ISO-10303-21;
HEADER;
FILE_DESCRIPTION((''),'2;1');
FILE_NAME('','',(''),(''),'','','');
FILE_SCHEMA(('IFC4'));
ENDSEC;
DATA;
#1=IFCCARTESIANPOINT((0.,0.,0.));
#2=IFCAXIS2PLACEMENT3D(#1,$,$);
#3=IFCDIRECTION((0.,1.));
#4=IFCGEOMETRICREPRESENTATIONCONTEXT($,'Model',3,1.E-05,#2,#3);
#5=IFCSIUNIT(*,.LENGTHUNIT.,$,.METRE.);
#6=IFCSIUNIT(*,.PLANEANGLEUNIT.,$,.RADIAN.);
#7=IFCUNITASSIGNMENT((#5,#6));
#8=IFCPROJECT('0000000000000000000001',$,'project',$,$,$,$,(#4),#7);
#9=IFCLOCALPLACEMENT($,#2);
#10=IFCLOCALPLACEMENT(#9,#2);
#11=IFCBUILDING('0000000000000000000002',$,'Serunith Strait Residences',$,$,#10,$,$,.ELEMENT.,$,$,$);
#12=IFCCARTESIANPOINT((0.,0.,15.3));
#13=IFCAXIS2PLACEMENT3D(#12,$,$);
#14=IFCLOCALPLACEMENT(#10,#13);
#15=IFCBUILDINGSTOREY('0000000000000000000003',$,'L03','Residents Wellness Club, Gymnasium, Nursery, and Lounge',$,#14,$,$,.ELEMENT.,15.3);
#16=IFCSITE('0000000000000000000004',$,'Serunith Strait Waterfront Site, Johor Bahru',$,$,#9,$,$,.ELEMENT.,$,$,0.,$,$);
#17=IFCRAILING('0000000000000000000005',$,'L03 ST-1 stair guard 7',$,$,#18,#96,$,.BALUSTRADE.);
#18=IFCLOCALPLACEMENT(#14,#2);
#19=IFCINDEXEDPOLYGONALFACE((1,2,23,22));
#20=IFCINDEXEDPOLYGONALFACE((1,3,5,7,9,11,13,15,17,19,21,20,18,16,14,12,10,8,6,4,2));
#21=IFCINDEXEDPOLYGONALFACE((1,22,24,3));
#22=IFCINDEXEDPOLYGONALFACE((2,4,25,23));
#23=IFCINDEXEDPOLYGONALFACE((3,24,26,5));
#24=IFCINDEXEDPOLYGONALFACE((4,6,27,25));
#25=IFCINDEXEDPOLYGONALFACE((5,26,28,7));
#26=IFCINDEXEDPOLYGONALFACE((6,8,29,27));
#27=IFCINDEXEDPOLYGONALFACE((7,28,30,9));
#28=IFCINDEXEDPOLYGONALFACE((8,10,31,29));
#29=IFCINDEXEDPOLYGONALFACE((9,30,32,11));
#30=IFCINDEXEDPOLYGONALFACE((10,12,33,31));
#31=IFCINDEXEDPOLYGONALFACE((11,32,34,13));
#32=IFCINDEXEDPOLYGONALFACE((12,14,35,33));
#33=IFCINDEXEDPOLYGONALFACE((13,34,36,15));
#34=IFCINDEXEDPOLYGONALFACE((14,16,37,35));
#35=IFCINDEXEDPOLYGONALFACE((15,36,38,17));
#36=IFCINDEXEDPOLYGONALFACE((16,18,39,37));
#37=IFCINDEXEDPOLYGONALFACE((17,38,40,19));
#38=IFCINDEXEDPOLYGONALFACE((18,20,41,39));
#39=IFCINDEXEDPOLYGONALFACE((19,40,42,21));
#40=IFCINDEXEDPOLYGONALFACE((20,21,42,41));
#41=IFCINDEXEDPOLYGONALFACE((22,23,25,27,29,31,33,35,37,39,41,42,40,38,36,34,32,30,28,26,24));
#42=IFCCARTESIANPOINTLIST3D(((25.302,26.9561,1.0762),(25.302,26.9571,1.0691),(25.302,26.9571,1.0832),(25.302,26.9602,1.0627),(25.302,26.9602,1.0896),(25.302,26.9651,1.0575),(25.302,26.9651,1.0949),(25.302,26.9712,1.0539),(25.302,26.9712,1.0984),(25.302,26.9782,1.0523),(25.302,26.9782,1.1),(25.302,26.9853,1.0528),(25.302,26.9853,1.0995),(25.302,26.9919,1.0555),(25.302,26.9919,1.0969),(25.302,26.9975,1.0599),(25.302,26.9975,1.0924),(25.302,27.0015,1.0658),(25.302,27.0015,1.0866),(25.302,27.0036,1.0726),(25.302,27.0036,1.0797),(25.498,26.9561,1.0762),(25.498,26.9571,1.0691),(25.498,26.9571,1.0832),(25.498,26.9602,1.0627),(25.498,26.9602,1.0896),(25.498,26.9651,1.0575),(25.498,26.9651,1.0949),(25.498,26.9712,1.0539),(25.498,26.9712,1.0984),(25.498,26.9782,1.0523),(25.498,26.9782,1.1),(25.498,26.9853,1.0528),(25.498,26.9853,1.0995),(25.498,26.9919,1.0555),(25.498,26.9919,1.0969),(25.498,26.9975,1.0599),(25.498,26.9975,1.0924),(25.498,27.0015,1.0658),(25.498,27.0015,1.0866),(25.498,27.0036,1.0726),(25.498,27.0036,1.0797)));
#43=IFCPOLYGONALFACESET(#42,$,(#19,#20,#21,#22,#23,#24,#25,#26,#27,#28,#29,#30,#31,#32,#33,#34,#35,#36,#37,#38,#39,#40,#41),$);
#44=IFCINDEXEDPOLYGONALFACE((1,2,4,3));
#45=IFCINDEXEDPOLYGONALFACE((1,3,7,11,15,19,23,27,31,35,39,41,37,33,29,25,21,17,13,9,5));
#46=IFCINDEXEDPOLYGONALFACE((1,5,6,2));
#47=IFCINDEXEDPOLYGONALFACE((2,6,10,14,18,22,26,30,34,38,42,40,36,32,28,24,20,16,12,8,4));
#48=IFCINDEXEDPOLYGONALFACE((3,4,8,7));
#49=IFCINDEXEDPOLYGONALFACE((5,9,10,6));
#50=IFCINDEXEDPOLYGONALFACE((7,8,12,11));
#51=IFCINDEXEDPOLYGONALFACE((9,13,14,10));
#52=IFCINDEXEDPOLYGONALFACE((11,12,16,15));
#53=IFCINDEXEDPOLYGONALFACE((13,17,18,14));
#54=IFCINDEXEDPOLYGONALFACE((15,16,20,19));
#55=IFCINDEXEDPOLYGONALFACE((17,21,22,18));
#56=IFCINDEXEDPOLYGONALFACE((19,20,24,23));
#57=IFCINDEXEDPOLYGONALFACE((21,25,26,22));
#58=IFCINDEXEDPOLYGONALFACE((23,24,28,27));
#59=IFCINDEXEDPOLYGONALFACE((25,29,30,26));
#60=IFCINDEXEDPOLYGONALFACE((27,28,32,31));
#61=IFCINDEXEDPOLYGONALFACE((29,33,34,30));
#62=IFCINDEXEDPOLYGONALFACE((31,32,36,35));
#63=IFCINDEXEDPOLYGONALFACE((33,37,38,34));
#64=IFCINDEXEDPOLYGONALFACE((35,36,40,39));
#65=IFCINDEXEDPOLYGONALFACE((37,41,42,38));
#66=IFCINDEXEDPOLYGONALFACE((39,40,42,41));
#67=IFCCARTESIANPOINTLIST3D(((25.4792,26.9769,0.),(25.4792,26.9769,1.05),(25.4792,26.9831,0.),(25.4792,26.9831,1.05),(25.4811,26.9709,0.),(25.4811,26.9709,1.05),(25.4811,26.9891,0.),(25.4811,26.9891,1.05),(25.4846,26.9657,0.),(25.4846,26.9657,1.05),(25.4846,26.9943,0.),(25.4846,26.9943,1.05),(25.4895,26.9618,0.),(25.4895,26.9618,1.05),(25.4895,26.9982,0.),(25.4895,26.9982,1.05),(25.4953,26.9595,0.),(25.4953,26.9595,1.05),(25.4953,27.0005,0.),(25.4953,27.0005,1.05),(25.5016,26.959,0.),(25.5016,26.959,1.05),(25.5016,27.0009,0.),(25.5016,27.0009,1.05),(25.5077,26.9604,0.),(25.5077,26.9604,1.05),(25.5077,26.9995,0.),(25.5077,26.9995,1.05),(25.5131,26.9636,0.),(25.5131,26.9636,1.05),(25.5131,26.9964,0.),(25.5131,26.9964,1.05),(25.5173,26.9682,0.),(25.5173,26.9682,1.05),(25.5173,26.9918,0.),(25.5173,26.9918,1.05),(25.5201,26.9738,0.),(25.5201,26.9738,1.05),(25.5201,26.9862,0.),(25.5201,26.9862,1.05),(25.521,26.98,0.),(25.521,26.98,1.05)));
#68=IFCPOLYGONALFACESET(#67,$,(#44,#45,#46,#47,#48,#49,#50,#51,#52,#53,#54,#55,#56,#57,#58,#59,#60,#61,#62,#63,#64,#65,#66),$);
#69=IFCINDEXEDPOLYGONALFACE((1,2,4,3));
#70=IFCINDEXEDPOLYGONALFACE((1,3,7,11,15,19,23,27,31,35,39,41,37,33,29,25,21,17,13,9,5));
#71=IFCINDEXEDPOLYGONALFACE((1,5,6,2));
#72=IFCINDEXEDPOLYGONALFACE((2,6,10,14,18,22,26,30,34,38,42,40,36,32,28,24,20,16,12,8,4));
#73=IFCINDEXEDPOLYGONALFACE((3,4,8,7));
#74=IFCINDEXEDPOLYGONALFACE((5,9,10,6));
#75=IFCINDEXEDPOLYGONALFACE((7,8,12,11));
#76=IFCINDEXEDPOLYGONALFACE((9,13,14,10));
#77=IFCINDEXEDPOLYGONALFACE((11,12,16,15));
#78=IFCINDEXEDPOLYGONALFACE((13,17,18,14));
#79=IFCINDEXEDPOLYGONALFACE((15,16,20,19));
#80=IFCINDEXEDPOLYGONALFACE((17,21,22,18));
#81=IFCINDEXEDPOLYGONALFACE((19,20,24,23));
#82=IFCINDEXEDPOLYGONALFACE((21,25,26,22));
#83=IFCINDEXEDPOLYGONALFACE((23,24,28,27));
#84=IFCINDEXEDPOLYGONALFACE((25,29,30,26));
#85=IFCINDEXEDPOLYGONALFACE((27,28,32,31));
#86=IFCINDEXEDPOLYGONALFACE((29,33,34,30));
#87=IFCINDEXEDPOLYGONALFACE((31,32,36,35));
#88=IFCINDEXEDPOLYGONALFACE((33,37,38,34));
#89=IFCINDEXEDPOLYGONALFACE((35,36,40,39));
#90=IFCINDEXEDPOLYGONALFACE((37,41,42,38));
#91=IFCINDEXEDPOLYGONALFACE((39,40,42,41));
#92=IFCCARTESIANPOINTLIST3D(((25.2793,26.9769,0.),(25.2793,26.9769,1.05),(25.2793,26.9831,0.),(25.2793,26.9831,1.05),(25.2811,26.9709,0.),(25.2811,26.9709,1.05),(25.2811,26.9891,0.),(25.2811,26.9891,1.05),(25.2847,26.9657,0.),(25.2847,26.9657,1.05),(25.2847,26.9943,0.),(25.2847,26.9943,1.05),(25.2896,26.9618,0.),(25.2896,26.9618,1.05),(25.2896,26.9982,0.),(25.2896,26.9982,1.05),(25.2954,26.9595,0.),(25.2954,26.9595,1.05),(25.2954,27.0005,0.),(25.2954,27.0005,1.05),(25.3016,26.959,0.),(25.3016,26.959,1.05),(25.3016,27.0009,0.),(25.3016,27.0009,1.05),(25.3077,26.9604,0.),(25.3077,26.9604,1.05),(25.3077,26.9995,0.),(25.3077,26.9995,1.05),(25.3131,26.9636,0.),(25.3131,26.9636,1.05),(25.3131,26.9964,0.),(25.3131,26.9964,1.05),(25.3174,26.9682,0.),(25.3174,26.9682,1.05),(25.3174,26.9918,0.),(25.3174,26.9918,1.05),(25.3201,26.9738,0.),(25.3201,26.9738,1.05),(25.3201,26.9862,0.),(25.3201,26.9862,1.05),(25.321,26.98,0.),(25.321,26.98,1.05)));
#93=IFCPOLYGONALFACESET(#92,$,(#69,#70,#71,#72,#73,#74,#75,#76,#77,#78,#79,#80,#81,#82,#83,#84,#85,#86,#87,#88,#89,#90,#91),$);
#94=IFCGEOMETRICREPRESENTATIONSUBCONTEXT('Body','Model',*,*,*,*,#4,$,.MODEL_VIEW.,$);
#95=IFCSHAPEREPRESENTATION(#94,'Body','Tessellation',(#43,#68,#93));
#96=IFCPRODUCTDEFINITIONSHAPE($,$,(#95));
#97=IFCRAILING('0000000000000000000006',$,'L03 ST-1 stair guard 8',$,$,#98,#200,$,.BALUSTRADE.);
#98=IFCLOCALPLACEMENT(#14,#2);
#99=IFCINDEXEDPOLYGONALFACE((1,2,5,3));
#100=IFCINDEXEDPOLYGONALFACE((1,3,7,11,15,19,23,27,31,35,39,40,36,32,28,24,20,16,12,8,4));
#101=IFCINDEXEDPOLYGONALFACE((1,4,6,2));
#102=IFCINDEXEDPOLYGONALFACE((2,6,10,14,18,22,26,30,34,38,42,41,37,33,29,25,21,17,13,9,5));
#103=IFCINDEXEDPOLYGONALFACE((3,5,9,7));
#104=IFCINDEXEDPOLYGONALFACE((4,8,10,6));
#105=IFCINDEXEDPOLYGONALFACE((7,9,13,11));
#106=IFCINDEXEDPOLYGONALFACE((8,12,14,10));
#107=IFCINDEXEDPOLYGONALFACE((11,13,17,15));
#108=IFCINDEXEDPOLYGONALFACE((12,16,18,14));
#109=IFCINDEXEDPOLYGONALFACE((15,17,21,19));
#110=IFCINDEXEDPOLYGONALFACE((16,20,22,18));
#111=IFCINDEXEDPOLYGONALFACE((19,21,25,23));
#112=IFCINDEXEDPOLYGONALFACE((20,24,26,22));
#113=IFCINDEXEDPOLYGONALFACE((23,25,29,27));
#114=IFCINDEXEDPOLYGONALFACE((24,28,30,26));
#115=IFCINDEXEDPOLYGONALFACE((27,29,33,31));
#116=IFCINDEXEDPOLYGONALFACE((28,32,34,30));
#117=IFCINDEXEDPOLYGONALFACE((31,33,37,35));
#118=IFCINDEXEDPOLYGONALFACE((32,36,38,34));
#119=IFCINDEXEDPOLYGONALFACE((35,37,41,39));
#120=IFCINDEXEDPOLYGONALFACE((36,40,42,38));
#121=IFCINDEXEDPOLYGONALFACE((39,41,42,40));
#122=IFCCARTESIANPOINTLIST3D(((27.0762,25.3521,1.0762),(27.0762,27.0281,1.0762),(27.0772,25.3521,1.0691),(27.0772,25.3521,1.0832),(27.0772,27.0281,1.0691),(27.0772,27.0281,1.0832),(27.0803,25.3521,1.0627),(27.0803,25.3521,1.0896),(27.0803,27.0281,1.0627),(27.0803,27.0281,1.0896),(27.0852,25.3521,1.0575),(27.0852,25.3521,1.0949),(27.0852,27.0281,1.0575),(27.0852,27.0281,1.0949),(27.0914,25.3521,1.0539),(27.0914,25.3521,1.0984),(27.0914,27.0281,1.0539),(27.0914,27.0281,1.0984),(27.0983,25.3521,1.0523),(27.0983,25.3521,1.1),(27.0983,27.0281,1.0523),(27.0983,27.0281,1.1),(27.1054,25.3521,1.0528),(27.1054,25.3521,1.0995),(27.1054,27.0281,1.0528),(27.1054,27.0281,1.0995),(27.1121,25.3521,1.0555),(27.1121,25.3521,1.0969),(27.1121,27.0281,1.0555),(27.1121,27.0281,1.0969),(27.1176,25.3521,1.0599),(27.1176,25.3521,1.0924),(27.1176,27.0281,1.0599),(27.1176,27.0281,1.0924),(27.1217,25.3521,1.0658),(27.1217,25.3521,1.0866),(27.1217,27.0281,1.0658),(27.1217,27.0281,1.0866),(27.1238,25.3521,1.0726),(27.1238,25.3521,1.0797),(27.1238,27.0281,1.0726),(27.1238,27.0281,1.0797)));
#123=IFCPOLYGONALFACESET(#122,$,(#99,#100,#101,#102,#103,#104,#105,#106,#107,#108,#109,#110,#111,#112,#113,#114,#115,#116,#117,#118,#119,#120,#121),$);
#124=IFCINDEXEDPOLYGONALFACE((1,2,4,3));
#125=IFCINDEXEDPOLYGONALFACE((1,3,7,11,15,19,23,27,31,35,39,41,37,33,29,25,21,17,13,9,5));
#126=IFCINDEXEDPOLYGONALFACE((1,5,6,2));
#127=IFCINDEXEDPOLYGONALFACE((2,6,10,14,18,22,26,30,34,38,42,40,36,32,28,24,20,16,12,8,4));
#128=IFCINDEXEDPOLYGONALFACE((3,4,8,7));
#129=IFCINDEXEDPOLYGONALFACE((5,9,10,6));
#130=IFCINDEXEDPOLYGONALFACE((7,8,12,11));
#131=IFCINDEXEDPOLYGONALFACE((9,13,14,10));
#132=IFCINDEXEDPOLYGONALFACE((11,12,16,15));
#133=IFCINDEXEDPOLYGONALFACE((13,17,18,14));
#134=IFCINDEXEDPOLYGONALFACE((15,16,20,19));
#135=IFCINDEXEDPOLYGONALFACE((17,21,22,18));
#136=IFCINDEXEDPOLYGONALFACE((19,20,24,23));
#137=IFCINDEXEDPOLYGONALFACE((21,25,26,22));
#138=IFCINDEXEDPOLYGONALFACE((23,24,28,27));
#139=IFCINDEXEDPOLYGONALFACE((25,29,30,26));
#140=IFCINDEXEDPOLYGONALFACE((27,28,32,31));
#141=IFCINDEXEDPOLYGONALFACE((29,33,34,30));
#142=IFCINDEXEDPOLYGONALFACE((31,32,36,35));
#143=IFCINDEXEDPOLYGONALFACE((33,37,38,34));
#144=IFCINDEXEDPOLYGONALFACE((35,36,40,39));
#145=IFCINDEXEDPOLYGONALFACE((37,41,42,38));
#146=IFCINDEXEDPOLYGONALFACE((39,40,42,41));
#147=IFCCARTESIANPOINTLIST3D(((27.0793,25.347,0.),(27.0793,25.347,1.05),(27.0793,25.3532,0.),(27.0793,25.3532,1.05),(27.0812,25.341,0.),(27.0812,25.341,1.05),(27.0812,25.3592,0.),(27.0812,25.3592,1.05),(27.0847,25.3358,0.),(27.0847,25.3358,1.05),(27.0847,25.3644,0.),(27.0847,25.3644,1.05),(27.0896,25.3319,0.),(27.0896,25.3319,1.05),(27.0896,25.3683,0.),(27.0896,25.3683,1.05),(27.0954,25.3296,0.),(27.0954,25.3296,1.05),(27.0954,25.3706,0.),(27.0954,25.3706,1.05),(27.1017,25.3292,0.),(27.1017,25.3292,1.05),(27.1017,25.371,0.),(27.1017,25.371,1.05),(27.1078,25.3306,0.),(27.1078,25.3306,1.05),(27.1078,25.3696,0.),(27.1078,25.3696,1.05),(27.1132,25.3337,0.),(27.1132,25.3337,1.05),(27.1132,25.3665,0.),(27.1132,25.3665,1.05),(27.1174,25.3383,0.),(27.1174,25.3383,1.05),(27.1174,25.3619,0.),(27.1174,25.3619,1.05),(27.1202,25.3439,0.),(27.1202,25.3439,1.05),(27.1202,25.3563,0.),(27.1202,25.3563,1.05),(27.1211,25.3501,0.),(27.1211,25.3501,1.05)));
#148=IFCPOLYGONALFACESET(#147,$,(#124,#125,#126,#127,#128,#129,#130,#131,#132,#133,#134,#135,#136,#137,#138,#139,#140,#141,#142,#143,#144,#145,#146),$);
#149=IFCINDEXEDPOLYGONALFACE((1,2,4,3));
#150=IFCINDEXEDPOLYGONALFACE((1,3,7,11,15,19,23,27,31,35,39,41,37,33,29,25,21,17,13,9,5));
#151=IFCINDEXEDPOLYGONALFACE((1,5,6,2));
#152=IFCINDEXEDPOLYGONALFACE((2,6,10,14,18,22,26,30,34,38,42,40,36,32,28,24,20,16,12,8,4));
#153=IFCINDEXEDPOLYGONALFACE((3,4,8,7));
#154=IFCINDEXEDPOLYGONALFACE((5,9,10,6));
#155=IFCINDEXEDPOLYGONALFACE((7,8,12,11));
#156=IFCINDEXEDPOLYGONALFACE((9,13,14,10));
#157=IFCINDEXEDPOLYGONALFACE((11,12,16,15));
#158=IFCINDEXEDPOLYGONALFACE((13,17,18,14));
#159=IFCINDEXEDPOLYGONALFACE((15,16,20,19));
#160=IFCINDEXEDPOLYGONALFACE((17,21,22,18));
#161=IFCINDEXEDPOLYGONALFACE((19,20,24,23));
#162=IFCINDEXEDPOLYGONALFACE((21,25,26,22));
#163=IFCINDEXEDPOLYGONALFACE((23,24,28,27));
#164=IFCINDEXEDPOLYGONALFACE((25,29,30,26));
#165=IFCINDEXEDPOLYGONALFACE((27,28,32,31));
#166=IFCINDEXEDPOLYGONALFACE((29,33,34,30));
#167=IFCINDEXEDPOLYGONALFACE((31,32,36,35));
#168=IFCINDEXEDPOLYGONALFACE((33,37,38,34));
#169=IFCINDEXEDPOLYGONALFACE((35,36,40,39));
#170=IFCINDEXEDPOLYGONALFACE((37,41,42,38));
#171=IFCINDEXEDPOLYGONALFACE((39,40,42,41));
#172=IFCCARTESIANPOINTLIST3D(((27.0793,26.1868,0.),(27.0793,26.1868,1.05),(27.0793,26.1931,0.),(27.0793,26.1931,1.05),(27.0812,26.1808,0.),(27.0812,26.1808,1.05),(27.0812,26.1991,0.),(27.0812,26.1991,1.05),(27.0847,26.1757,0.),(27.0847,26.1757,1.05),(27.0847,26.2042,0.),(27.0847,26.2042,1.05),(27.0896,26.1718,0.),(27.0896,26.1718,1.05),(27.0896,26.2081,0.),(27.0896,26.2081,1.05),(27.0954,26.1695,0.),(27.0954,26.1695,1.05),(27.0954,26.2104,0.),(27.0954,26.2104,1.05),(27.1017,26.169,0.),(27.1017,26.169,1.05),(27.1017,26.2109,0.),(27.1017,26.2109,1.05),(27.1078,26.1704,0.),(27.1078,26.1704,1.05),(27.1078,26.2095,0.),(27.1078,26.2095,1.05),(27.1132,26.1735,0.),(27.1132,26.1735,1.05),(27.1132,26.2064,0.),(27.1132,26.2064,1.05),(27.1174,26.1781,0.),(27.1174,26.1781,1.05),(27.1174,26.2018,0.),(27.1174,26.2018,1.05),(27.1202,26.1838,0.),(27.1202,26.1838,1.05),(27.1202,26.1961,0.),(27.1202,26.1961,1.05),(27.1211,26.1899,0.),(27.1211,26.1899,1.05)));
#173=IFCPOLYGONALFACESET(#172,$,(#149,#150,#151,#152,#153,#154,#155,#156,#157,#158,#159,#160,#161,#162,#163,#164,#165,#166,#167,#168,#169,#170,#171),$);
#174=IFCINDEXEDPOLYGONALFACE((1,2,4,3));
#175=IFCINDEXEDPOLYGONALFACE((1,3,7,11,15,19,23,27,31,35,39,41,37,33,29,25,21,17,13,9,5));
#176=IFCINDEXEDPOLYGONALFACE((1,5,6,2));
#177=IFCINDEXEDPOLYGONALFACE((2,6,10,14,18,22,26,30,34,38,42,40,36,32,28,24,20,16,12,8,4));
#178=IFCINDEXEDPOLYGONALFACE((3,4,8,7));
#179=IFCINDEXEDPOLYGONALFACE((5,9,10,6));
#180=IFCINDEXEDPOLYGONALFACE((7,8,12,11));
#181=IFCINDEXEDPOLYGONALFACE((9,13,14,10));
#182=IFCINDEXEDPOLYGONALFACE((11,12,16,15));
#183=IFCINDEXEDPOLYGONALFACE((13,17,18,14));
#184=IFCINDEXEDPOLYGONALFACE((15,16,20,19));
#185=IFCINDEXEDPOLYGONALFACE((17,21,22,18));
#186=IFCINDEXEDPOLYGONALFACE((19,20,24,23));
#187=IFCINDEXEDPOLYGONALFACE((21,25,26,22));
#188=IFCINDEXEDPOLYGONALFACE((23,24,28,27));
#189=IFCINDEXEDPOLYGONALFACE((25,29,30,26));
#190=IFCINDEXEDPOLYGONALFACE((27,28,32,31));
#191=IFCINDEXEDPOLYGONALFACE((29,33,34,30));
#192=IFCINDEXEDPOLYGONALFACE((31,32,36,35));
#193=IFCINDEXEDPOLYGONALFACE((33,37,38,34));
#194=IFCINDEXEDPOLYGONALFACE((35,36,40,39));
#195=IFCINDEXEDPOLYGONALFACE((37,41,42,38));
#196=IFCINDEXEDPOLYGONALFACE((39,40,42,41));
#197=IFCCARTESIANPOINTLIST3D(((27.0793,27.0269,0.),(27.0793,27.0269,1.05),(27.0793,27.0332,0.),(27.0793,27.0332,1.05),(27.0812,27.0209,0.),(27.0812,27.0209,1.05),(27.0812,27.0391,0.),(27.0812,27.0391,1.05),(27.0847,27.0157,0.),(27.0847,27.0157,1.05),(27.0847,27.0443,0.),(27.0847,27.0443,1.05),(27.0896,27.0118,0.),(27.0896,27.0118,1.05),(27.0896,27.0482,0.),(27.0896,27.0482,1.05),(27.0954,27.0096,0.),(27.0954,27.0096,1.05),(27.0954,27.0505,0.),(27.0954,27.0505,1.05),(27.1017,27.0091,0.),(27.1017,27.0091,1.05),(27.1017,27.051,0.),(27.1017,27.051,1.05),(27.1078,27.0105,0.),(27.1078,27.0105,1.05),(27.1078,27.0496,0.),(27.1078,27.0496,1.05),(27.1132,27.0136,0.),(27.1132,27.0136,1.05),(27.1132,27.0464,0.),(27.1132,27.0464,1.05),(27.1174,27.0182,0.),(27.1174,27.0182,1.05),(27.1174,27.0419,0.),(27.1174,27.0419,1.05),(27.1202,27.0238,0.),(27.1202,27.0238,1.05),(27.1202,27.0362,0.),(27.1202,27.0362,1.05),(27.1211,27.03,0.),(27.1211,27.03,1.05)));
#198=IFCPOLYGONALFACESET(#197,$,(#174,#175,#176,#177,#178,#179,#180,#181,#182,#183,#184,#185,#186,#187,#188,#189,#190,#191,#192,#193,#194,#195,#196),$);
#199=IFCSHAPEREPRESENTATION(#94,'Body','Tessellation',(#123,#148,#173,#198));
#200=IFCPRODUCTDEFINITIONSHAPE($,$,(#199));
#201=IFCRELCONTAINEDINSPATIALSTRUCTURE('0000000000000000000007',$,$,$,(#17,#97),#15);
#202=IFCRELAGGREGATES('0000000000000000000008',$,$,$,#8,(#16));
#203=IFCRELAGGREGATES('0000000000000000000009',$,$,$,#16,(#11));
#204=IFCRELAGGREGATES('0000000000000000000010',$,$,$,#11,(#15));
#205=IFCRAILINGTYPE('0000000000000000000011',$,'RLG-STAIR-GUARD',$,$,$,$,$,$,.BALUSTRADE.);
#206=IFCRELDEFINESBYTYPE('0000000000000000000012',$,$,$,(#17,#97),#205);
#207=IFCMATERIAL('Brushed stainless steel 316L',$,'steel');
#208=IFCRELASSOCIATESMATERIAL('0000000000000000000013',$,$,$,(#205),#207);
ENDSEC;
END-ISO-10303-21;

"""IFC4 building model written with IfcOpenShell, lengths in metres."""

from ifc_helpers import new_model, si_unit, direction, frame, origin, origin_2d, place, context, subcontext, project, spatial, circle, extrude, material, type_object, element, save


model = new_model("IFC4")

# Units and contexts
model_context = context("Model", 3, precision=1e-05, world=origin(), true_north=direction((0.0, 1.0)))
body_context = subcontext(model_context, "Body", "Model", "MODEL_VIEW")
ifc_project = project(units=[si_unit("LENGTHUNIT", "METRE"), si_unit("PLANEANGLEUNIT", "RADIAN")], contexts=[model_context])

# Site, building, storey
site_placement = place(None, origin())
site = spatial("IfcSite", under=ifc_project, at=site_placement, Name="Serunith Strait Waterfront Site, Johor Bahru", CompositionType="ELEMENT", RefElevation=0.0)
building_placement = place(site_placement, origin())
building = spatial("IfcBuilding", under=site, at=building_placement, Name="Serunith Strait Residences", CompositionType="ELEMENT")
storey_placement = place(building_placement, frame((0.0, 0.0, 15.3)))
storey = spatial("IfcBuildingStorey", under=building, at=storey_placement, Name="L03", Description="Residents Wellness Club, Gymnasium, Nursery, and Lounge", CompositionType="ELEMENT", Elevation=15.3)

# Railings
ifc_material_1 = material(Name="Brushed stainless steel 316L", Category="steel")
railing_type_1 = type_object("IfcRailingType", Name="RLG-STAIR-GUARD", PredefinedType="BALUSTRADE", material=ifc_material_1)
railing_1_placement = place(storey_placement, frame((25.5, 26.98, 0.0)))
element("IfcRailing", 1, at=railing_1_placement, inside=storey, type_object=railing_type_1, Name="L03 ST-1 stair guard 7", PredefinedType="BALUSTRADE", context=body_context, shape_type="SweptSolid", body=[
    extrude(circle(Radius=0.0239, at=origin_2d()), frame((-0.002, 0.0, 1.0762), z_axis=(-1.0, 0.0, 0.0), x_axis=(0.0, -1.0, 0.0)), (0.0, 0.0, 1.0), 0.196),
    extrude(circle(Radius=0.021, at=origin_2d()), origin(), (0.0, 0.0, 1.0), 1.05),
    extrude(circle(Radius=0.021, at=origin_2d()), frame((-0.2, 0.0, 0.0)), (0.0, 0.0, 1.0), 1.05),
])
railing_2_placement = place(storey_placement, frame((27.1001, 25.3501, 0.0)))
element("IfcRailing", 2, at=railing_2_placement, inside=storey, type_object=railing_type_1, Name="L03 ST-1 stair guard 8", PredefinedType="BALUSTRADE", context=body_context, shape_type="SweptSolid", body=[
    extrude(circle(Radius=0.0239, at=origin_2d()), frame((0.0, 0.002, 1.0762), z_axis=(0.0, 1.0, 0.0), x_axis=(-1.0, 0.0, 0.0)), (0.0, 0.0, 1.0), 1.676),
    extrude(circle(Radius=0.021, at=origin_2d()), origin(), (0.0, 0.0, 1.0), 1.05),
    extrude(circle(Radius=0.021, at=origin_2d()), frame((0.0, 0.8398, 0.0)), (0.0, 0.0, 1.0), 1.05),
    extrude(circle(Radius=0.021, at=origin_2d()), frame((0.0, 1.6799, 0.0)), (0.0, 0.0, 1.0), 1.05),
])

save(model, "model.ifc")
